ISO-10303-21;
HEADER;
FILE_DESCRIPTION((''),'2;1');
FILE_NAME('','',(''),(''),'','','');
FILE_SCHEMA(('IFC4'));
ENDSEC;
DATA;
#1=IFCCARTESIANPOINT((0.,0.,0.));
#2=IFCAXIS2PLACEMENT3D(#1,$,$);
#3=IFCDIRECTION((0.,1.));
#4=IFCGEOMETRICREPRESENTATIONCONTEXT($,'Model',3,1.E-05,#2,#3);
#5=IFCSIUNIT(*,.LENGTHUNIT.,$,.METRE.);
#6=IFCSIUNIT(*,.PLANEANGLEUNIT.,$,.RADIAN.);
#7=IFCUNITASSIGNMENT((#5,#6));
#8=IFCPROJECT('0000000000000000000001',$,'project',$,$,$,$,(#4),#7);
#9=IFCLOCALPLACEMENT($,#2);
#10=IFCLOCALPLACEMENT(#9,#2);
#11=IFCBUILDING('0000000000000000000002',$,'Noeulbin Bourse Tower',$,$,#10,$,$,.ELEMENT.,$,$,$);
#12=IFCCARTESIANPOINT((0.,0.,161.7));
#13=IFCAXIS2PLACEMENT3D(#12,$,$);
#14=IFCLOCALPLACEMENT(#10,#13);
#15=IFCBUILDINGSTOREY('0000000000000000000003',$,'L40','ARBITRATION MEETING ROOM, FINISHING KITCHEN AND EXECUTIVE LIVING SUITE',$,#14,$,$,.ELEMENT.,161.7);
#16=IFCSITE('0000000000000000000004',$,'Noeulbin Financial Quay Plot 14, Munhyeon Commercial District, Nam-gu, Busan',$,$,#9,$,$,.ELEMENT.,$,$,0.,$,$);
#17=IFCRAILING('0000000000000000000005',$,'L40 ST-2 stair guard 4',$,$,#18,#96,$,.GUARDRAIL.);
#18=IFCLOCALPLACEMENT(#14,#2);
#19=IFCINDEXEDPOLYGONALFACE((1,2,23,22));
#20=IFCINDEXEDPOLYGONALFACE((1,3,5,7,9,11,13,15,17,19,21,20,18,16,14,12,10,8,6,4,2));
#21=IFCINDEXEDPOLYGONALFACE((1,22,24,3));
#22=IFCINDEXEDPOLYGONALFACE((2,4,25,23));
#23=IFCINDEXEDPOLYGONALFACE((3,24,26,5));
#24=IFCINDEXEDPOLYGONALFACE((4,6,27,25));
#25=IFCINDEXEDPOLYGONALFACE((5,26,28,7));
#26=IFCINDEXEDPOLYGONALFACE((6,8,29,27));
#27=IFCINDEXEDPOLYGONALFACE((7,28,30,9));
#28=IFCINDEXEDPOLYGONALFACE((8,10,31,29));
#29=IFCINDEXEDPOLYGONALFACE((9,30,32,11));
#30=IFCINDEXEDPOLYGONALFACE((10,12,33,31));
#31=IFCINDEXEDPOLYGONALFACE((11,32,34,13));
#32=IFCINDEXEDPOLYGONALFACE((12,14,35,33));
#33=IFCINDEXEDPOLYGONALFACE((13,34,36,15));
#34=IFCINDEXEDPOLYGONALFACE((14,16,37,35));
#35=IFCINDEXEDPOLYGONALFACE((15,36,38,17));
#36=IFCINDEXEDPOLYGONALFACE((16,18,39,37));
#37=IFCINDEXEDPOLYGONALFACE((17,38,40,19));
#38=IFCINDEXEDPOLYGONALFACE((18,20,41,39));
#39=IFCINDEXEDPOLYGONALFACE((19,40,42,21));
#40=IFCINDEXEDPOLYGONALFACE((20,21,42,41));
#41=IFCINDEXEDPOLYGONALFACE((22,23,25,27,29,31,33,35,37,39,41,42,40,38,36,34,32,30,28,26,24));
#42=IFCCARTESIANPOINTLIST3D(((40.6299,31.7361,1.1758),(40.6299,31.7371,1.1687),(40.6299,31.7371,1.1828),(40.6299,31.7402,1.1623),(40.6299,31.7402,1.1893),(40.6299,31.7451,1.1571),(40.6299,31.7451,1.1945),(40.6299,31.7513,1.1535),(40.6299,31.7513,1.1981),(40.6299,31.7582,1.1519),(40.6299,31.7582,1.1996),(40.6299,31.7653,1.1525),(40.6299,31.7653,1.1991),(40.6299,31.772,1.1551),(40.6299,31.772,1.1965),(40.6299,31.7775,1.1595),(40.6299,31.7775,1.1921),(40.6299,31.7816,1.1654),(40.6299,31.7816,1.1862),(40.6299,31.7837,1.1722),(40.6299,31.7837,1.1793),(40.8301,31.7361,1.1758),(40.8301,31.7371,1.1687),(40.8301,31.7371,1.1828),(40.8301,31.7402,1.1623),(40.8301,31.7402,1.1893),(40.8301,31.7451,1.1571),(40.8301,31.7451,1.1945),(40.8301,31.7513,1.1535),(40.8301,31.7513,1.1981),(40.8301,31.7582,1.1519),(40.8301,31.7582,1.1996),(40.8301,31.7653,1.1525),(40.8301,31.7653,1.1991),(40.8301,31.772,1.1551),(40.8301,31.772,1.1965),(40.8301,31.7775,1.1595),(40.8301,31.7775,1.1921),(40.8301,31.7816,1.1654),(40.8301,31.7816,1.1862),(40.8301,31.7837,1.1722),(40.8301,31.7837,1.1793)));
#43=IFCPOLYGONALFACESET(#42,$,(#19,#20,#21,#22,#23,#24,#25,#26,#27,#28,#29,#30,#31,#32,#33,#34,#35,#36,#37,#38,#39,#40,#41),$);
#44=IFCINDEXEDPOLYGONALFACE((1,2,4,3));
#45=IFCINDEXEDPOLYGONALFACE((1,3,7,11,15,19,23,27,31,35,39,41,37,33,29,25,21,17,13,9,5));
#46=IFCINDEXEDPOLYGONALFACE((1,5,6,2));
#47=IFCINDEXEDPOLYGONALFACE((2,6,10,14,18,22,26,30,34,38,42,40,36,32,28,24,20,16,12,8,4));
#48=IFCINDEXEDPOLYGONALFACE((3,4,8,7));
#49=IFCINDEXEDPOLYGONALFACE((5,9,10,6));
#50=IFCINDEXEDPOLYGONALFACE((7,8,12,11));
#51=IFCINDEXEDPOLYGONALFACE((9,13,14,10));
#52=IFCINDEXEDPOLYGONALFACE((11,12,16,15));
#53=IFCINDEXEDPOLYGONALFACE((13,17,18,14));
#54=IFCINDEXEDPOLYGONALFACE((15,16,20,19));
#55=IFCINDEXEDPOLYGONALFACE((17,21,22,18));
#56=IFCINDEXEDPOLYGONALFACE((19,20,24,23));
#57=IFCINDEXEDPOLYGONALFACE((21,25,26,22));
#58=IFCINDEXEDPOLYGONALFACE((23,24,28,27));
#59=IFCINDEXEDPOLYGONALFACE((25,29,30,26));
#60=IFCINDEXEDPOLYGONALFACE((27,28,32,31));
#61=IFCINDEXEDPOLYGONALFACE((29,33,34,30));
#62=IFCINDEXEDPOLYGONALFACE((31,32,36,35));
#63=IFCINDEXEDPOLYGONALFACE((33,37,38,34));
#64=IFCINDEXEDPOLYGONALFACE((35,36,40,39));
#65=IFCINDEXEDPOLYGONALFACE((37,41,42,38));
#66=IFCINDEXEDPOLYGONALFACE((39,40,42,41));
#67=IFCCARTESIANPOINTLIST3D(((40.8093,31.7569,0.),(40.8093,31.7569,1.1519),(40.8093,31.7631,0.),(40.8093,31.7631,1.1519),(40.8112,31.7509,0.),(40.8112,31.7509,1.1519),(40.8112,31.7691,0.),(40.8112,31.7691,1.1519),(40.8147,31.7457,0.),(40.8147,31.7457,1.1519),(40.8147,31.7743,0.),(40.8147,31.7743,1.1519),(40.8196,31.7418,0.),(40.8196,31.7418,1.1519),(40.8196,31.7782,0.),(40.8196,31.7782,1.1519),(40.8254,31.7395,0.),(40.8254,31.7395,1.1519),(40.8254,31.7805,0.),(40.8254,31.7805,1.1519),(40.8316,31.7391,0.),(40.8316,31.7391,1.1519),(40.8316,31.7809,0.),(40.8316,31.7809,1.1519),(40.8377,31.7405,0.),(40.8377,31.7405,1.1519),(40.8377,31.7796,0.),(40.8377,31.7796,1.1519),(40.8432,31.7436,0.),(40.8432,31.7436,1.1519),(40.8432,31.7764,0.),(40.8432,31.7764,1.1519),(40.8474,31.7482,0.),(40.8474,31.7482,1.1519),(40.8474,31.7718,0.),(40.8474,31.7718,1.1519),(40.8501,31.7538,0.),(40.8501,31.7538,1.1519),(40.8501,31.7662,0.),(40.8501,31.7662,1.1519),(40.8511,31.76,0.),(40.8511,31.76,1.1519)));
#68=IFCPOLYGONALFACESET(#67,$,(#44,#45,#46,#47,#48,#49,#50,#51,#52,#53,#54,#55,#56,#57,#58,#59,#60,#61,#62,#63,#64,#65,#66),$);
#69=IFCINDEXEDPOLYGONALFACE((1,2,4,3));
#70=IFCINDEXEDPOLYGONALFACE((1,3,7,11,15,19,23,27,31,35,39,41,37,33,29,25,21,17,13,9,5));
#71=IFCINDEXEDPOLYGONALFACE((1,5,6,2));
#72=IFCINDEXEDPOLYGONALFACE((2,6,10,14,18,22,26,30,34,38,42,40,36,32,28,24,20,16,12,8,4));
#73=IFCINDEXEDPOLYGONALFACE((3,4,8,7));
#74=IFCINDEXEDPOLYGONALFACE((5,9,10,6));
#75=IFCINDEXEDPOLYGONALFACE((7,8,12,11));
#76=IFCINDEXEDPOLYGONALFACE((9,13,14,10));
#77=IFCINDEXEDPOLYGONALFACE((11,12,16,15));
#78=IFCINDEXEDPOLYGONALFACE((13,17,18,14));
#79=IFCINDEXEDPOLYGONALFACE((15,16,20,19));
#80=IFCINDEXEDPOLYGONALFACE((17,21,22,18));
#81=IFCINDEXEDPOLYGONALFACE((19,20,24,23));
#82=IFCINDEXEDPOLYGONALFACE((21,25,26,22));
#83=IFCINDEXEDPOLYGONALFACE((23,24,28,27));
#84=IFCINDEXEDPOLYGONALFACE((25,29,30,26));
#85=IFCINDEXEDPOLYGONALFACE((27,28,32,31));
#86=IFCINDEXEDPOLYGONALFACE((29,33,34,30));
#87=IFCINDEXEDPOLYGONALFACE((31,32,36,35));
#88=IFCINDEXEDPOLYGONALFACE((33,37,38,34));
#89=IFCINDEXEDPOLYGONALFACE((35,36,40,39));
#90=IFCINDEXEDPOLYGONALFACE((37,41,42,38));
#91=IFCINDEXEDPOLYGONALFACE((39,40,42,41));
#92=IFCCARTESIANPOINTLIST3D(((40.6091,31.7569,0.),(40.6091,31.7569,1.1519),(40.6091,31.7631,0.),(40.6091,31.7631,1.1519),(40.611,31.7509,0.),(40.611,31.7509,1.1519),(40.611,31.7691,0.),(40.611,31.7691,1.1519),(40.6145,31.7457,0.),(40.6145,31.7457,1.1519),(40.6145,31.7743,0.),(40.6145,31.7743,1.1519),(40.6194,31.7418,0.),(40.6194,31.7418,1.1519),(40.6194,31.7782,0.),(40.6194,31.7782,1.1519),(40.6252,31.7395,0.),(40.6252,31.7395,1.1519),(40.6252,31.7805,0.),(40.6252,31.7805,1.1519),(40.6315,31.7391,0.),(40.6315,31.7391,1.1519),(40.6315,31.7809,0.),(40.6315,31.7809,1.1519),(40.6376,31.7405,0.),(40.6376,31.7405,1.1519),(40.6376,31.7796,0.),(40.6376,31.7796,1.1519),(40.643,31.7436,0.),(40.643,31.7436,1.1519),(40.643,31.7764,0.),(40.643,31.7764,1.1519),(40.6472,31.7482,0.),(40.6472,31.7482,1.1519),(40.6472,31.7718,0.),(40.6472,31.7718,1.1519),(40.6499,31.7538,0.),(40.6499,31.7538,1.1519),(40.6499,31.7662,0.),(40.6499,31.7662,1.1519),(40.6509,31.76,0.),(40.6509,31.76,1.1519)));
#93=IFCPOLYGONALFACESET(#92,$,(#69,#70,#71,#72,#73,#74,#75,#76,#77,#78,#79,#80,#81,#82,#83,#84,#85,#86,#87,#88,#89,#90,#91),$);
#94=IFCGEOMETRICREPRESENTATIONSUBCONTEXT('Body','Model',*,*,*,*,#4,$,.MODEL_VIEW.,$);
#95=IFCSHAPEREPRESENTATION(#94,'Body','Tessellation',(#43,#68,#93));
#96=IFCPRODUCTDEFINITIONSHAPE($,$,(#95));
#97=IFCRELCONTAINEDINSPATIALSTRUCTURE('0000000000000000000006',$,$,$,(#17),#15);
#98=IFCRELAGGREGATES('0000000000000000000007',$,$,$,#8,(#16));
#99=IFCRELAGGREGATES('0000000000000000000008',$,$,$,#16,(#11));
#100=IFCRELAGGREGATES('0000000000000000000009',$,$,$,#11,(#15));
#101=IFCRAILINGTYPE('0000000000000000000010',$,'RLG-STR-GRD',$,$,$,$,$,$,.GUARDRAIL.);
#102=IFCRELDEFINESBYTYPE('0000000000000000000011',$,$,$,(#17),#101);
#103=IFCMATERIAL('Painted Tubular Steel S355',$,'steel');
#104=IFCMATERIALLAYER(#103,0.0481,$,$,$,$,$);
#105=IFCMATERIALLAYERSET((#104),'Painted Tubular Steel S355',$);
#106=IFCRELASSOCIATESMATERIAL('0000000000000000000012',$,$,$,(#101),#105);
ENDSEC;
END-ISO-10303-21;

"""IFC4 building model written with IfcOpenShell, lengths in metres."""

from ifc_helpers import new_model, si_unit, direction, frame, origin, origin_2d, place, context, subcontext, project, spatial, circle, extrude, material, layer, layer_set, type_object, element, save


model = new_model("IFC4")

# Units and contexts
model_context = context("Model", 3, precision=1e-05, world=origin(), true_north=direction((0.0, 1.0)))
body_context = subcontext(model_context, "Body", "Model", "MODEL_VIEW")
ifc_project = project(units=[si_unit("LENGTHUNIT", "METRE"), si_unit("PLANEANGLEUNIT", "RADIAN")], contexts=[model_context])

# Site, building, storey
site_placement = place(None, origin())
site = spatial("IfcSite", under=ifc_project, at=site_placement, Name="Noeulbin Financial Quay Plot 14, Munhyeon Commercial District, Nam-gu, Busan", CompositionType="ELEMENT", RefElevation=0.0)
building_placement = place(site_placement, origin())
building = spatial("IfcBuilding", under=site, at=building_placement, Name="Noeulbin Bourse Tower", CompositionType="ELEMENT")
storey_placement = place(building_placement, frame((0.0, 0.0, 161.7)))
storey = spatial("IfcBuildingStorey", under=building, at=storey_placement, Name="L40", Description="ARBITRATION MEETING ROOM, FINISHING KITCHEN AND EXECUTIVE LIVING SUITE", CompositionType="ELEMENT", Elevation=161.7)

# Railing
ifc_material_1 = material(Name="Painted Tubular Steel S355", Category="steel")
ifc_layer_1 = layer(ifc_material_1, 0.0481)
ifc_layer_set_1 = layer_set([ifc_layer_1], Name="Painted Tubular Steel S355")
railing_type_1 = type_object("IfcRailingType", Name="RLG-STR-GRD", PredefinedType="GUARDRAIL", material=ifc_layer_set_1)
railing_1_placement = place(storey_placement, frame((40.8301, 31.76, 0.0)))
element("IfcRailing", 1, at=railing_1_placement, inside=storey, type_object=railing_type_1, Name="L40 ST-2 stair guard 4", PredefinedType="GUARDRAIL", context=body_context, shape_type="SweptSolid", body=[
    extrude(circle(Radius=0.0239, at=origin_2d()), frame((0.0, 0.0, 1.1758), z_axis=(-1.0, 0.0, 0.0), x_axis=(0.0, -1.0, 0.0)), (0.0, 0.0, 1.0), 0.2002),
    extrude(circle(Radius=0.021, at=origin_2d()), origin(), (0.0, 0.0, 1.0), 1.1519),
    extrude(circle(Radius=0.021, at=origin_2d()), frame((-0.2002, 0.0, 0.0)), (0.0, 0.0, 1.0), 1.1519),
])

save(model, "model.ifc")
